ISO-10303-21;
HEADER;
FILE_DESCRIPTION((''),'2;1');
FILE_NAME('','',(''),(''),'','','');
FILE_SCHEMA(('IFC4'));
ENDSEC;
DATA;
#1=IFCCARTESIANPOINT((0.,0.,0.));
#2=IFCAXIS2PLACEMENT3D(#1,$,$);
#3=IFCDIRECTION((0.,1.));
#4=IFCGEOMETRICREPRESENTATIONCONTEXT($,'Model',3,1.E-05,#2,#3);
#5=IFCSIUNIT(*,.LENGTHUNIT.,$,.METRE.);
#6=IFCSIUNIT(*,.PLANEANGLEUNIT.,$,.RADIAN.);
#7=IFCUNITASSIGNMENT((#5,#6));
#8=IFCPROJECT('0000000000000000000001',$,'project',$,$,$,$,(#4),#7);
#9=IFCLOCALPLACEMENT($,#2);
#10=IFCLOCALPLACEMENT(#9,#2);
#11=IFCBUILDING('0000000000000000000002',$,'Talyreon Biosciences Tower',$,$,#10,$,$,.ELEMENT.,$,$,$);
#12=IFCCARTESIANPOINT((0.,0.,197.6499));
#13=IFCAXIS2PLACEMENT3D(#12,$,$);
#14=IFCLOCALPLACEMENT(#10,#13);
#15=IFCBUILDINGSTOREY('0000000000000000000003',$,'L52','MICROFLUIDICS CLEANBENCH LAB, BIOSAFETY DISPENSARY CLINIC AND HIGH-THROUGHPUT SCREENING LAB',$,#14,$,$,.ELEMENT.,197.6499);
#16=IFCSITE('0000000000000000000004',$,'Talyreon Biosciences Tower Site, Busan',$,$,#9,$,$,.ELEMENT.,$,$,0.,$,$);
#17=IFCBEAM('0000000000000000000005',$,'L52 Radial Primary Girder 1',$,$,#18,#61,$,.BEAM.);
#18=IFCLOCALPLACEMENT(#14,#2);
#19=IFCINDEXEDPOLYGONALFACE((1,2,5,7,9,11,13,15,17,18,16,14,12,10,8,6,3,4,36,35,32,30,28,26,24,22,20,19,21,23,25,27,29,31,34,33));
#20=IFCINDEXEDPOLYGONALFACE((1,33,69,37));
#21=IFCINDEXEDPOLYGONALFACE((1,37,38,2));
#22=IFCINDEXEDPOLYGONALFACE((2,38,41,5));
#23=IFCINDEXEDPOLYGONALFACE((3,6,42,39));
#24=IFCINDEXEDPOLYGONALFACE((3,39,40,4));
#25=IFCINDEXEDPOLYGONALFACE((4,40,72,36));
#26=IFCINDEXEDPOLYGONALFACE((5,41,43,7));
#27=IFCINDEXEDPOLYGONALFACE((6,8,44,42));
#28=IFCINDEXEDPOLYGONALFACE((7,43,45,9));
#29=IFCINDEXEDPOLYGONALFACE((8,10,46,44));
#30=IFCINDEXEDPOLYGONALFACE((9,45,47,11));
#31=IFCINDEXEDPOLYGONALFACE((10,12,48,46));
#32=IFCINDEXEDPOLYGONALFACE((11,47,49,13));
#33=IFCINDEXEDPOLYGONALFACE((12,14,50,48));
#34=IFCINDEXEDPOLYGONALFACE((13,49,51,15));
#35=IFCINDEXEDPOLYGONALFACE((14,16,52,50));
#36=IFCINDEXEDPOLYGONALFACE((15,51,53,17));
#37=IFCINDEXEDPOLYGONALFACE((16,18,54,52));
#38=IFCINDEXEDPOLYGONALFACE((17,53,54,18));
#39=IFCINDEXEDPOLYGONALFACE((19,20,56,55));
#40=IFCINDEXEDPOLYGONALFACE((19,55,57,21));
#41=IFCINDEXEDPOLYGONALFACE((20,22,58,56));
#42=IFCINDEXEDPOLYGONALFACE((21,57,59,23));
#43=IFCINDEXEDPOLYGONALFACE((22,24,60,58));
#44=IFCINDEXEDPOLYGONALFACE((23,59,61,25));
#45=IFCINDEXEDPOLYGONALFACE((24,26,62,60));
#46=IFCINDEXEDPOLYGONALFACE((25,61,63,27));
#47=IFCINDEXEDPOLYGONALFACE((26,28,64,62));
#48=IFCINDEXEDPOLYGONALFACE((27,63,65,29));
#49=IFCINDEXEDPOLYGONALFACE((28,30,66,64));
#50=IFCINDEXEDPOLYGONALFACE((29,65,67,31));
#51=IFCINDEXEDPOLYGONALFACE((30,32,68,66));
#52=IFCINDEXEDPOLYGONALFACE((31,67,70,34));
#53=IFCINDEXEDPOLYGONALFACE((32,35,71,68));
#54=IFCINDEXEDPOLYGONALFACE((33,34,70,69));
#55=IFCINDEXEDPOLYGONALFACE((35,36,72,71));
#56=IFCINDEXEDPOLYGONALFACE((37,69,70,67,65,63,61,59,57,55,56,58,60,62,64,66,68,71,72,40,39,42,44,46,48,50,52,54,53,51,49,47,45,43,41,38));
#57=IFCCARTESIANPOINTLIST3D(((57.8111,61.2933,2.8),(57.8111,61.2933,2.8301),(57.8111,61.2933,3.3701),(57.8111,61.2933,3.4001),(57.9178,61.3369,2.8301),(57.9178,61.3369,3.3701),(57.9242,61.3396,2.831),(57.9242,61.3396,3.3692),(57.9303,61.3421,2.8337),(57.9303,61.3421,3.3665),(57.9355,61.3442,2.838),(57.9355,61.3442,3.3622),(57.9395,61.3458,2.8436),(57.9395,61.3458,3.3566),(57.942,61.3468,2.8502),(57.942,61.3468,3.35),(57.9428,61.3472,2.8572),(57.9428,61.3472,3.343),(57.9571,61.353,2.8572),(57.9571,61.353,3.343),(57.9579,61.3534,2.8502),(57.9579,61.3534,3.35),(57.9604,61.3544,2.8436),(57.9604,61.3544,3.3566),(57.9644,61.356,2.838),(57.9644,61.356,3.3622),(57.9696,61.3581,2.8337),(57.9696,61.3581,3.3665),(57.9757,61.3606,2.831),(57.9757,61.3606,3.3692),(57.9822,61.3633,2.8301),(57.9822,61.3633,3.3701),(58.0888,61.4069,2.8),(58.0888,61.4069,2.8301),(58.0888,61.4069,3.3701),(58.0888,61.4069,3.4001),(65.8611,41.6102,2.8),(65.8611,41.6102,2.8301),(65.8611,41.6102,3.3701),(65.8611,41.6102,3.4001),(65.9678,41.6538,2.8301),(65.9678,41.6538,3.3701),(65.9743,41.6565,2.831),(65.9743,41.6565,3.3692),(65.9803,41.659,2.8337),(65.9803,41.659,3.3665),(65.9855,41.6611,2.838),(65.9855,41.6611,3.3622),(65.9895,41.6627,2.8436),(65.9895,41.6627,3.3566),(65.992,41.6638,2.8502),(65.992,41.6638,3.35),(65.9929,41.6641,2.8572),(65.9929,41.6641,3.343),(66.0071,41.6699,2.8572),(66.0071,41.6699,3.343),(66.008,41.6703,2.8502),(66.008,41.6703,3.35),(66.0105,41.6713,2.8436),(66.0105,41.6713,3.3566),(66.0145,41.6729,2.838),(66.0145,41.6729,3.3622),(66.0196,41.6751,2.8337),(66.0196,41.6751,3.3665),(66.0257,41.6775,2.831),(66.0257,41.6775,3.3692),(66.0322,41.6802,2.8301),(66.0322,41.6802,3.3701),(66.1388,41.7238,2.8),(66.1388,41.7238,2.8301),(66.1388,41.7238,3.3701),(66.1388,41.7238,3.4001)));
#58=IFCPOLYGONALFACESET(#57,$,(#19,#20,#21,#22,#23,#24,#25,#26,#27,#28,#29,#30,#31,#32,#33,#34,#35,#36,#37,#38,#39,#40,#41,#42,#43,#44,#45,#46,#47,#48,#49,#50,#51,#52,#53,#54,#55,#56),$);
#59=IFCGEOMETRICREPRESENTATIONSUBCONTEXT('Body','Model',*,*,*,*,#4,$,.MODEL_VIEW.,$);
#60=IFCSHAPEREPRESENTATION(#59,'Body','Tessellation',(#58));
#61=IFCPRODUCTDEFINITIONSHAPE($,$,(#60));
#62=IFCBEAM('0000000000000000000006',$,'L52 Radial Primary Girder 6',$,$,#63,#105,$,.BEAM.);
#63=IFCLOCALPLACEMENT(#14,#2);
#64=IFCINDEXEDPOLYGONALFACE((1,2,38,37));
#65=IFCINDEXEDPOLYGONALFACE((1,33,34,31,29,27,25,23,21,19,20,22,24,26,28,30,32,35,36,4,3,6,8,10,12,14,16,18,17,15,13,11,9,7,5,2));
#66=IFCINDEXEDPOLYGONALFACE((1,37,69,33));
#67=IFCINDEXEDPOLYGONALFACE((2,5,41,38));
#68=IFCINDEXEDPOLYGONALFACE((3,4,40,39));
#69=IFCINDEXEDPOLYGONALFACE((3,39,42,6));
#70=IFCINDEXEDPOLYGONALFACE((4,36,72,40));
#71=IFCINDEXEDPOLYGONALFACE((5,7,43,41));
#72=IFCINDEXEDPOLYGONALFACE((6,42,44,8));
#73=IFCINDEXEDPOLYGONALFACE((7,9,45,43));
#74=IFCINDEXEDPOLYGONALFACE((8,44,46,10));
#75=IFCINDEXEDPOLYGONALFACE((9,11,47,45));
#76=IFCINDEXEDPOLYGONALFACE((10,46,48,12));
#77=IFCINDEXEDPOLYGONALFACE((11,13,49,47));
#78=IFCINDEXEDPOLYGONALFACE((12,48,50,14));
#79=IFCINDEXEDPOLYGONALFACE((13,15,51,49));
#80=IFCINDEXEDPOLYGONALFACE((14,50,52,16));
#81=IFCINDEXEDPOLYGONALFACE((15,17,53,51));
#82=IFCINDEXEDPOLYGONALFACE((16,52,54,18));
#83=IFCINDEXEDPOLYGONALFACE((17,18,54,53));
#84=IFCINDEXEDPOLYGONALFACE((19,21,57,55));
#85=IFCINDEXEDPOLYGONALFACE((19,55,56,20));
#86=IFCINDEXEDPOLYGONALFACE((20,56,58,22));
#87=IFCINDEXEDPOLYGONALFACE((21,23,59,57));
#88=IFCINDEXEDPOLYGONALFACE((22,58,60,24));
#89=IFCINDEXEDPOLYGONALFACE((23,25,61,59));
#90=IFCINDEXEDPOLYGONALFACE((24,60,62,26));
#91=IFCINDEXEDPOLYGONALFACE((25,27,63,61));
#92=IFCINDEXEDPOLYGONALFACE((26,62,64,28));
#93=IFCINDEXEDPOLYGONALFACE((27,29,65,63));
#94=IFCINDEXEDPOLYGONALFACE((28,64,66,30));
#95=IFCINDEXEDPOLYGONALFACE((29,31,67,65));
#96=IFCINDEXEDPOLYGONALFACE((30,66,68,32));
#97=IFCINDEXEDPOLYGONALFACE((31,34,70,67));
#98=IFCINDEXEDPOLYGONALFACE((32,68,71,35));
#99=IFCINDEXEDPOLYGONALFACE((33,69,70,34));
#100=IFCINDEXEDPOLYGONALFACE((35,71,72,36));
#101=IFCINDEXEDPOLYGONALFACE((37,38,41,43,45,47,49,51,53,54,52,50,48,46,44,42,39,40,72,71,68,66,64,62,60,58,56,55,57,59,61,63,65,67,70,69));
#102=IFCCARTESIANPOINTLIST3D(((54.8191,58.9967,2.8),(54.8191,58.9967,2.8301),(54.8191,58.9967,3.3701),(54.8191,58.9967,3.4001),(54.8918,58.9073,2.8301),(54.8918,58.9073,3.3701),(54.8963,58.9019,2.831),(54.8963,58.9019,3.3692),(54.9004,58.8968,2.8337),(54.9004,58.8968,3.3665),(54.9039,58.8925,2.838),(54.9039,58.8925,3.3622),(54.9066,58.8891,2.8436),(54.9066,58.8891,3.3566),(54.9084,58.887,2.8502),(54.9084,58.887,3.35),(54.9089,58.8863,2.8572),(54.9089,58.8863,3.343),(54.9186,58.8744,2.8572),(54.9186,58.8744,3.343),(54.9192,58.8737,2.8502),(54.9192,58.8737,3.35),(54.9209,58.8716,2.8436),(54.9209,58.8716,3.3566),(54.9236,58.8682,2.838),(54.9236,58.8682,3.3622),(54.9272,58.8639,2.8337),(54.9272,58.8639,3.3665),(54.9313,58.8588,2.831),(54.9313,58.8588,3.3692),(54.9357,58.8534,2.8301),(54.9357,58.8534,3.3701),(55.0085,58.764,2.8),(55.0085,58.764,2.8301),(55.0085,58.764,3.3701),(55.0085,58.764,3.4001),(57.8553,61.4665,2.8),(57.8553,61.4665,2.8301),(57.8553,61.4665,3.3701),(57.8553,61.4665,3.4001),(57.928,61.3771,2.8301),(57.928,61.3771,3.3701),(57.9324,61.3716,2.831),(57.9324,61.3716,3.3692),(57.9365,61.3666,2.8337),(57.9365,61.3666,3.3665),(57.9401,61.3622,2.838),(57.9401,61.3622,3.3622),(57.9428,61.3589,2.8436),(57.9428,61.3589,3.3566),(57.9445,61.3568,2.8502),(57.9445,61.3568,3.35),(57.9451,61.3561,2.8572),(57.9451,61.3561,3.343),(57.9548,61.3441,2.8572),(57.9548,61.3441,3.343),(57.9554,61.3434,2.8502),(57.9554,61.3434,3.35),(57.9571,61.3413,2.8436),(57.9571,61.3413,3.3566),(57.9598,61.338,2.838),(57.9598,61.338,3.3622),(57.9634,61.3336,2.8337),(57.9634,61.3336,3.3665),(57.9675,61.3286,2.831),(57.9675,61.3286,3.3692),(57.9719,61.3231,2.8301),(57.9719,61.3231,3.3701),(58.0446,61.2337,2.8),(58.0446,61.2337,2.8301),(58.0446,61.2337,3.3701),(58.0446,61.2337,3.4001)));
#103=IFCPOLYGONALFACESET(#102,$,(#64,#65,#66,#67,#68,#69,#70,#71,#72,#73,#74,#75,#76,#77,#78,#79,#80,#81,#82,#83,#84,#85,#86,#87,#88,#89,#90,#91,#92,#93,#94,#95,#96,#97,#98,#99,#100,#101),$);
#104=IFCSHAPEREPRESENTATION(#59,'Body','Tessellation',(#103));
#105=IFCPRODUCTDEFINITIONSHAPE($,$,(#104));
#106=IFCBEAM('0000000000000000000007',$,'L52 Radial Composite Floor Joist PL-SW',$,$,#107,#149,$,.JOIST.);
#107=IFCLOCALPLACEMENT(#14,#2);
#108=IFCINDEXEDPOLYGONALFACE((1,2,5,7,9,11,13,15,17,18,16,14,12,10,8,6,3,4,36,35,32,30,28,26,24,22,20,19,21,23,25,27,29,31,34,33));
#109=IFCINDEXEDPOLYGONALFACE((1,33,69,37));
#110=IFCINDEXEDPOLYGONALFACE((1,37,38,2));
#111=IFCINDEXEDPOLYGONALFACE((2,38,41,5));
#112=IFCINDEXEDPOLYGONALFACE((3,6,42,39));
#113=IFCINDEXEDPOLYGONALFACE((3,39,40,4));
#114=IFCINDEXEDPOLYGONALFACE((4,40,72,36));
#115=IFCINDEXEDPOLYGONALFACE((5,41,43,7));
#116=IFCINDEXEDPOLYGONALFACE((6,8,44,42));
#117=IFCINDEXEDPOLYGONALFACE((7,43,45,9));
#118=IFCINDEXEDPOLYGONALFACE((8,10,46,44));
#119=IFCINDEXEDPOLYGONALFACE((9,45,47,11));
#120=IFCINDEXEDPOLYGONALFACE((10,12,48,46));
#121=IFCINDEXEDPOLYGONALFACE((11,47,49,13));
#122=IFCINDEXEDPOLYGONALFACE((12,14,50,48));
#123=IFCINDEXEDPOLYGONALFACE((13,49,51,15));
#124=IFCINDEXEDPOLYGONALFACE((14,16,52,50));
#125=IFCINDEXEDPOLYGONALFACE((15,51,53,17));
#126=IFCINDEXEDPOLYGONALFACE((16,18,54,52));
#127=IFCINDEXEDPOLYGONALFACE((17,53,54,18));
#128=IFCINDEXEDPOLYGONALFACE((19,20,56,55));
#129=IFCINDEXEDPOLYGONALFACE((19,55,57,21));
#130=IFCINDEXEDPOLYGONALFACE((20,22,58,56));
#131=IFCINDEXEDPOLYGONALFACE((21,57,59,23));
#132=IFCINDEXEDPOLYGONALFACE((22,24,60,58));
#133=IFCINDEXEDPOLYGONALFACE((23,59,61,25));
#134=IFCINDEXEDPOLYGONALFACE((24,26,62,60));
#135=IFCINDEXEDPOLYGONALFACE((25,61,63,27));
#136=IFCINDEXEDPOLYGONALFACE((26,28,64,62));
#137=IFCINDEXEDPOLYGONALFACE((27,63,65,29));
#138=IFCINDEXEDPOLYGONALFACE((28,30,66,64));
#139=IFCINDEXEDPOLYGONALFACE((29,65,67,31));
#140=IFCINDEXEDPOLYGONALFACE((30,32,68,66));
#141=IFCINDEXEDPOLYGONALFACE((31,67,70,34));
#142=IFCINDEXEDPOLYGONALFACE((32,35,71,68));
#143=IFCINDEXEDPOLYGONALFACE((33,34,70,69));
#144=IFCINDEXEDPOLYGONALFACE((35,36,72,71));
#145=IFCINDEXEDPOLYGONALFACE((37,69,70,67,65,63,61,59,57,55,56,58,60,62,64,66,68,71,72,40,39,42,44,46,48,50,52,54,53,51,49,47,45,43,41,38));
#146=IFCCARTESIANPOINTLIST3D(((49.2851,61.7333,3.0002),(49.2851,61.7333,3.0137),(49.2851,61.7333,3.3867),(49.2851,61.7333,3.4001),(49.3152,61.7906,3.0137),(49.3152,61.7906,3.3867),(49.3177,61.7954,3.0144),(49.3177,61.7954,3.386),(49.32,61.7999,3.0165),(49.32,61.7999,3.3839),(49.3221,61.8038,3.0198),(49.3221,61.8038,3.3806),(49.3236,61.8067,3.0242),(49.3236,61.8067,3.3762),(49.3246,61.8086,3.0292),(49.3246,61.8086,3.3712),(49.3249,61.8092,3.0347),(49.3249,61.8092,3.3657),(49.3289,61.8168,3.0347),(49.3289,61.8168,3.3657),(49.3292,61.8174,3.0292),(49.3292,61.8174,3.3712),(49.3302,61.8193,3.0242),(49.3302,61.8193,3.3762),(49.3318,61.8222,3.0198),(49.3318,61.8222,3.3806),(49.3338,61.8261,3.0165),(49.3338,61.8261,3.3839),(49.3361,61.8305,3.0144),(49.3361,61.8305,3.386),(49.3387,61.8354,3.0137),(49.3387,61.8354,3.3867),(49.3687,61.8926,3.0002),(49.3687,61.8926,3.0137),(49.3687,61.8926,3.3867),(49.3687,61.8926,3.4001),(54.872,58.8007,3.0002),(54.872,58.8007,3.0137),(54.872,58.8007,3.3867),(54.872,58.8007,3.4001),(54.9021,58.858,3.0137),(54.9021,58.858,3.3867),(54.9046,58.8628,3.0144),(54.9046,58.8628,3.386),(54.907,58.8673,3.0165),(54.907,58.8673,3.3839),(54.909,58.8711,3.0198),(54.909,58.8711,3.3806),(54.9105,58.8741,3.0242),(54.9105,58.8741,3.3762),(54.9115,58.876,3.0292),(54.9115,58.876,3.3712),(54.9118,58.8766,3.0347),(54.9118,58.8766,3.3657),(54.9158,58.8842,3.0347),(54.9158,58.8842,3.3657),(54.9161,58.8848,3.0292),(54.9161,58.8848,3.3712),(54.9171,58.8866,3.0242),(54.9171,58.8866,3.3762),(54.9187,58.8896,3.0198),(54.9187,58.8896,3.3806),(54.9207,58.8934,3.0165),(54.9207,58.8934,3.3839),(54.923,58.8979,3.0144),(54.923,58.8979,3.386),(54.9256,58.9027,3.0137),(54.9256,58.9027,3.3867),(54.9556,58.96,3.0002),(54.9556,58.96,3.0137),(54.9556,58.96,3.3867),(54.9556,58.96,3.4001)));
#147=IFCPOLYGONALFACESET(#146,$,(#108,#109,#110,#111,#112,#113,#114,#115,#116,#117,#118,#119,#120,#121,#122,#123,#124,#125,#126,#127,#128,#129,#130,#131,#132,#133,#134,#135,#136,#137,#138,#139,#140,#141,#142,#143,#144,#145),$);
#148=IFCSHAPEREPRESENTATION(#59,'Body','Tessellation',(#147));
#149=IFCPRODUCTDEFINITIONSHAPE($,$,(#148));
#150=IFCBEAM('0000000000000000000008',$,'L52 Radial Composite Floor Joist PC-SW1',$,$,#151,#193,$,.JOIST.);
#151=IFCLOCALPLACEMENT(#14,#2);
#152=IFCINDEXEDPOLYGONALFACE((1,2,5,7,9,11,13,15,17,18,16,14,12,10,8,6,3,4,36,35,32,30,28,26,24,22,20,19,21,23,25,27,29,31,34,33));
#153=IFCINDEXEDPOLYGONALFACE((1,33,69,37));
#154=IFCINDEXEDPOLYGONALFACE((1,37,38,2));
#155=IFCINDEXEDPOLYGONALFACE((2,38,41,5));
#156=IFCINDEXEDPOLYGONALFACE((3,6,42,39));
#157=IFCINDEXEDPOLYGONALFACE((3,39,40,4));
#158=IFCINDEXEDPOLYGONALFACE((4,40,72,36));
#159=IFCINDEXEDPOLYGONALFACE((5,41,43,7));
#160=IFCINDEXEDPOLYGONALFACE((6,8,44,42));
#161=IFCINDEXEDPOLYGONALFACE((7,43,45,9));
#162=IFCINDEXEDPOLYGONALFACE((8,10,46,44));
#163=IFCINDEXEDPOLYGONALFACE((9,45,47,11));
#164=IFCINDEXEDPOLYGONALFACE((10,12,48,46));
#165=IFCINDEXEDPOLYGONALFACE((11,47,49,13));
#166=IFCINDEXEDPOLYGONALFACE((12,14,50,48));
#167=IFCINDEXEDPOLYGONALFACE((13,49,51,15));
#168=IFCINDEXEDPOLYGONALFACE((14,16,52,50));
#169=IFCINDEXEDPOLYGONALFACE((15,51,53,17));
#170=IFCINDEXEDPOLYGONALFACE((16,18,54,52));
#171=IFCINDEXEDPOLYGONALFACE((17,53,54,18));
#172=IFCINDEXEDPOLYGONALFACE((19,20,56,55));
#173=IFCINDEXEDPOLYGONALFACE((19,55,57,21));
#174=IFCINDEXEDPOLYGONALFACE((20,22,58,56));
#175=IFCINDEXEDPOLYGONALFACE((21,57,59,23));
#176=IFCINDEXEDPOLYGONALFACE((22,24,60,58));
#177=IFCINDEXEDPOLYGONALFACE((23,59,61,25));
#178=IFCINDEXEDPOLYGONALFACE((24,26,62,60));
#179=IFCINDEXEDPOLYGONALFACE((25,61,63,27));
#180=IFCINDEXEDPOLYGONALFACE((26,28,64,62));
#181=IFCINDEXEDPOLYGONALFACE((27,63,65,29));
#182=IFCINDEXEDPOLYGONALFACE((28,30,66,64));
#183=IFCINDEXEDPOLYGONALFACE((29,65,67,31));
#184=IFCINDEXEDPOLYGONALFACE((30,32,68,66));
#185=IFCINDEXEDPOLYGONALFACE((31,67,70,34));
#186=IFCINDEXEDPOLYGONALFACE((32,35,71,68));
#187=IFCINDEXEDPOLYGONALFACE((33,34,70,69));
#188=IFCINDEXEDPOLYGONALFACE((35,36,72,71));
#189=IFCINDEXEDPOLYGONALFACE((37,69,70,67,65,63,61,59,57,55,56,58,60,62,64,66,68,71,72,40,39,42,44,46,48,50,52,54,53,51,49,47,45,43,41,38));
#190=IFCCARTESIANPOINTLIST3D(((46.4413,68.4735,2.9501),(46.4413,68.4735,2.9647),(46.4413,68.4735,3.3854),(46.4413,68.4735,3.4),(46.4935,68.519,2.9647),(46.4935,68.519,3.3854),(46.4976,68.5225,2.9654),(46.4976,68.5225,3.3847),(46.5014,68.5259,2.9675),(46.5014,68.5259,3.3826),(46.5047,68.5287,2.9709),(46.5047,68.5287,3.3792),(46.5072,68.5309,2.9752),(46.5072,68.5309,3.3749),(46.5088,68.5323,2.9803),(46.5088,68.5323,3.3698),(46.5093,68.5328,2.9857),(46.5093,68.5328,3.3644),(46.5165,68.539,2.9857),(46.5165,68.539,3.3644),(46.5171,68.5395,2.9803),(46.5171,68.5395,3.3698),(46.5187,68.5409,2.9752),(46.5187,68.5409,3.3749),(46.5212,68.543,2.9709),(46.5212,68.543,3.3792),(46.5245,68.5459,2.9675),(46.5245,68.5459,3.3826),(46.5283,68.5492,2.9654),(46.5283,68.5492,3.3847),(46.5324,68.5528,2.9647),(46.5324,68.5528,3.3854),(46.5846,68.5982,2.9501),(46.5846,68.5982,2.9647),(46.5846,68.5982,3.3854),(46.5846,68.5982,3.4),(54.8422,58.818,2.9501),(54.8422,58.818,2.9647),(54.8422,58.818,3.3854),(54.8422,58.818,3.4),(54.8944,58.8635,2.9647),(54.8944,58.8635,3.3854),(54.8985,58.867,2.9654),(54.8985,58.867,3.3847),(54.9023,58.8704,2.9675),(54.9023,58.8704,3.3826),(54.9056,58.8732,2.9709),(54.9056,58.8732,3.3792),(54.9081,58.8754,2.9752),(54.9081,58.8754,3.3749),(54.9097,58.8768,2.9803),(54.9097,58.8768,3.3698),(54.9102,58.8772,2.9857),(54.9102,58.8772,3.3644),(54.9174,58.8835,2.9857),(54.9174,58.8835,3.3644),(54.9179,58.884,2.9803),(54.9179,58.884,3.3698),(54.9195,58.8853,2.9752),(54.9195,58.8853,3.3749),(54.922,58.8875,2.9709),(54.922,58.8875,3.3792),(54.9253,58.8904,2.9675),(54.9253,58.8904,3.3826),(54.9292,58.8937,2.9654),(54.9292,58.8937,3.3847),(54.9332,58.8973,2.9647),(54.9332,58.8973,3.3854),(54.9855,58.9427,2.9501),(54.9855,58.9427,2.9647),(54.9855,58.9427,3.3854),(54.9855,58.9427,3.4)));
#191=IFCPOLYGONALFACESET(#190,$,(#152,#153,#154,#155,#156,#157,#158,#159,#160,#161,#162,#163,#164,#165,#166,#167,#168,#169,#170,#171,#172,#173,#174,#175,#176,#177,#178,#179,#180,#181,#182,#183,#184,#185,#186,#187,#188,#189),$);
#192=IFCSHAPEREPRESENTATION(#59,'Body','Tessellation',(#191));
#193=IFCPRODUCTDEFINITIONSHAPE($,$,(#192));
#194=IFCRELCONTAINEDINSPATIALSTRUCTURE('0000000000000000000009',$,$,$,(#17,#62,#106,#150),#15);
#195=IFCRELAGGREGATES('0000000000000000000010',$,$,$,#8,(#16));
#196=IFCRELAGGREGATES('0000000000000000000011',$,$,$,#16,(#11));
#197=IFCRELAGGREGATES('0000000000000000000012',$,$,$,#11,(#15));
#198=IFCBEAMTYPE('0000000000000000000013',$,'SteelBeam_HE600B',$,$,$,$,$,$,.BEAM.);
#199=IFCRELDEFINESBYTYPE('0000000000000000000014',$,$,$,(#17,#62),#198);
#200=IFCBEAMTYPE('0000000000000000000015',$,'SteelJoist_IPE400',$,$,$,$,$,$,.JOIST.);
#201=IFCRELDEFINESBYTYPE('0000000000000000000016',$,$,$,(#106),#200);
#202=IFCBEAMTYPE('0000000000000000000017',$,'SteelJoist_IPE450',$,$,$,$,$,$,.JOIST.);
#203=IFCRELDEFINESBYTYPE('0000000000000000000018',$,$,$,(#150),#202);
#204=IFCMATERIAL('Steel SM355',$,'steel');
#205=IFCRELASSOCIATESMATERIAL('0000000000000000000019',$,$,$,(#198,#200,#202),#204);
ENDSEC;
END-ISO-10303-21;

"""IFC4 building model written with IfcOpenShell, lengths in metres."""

from ifc_helpers import new_model, si_unit, direction, frame, origin, origin_2d, place, context, subcontext, project, spatial, i_section, extrude, material, material_profile, profile_set, type_object, element, save


model = new_model("IFC4")

# Units and contexts
model_context = context("Model", 3, precision=1e-05, world=origin(), true_north=direction((0.0, 1.0)))
body_context = subcontext(model_context, "Body", "Model", "MODEL_VIEW")
ifc_project = project(units=[si_unit("LENGTHUNIT", "METRE"), si_unit("PLANEANGLEUNIT", "RADIAN")], contexts=[model_context])

# Site, building, storey
site_placement = place(None, origin())
site = spatial("IfcSite", under=ifc_project, at=site_placement, Name="Talyreon Biosciences Tower Site, Busan", CompositionType="ELEMENT", RefElevation=0.0)
building_placement = place(site_placement, origin())
building = spatial("IfcBuilding", under=site, at=building_placement, Name="Talyreon Biosciences Tower", CompositionType="ELEMENT")
storey_placement = place(building_placement, frame((0.0, 0.0, 197.6499)))
storey = spatial("IfcBuildingStorey", under=building, at=storey_placement, Name="L52", Description="MICROFLUIDICS CLEANBENCH LAB, BIOSAFETY DISPENSARY CLINIC AND HIGH-THROUGHPUT SCREENING LAB", CompositionType="ELEMENT", Elevation=197.6499)

# Beams
ifc_material_1 = material(Name="Steel SM355", Category="steel")
ifc_material_profile_1 = material_profile(ifc_material_1, i_section(OverallWidth=0.3, OverallDepth=0.6001, WebThickness=0.0154, FlangeThickness=0.03, FilletRadius=0.0271, at=origin_2d()), Name="HE600B")
ifc_profile_set_1 = profile_set([ifc_material_profile_1], Name="Steel SM355")
beam_type_1 = type_object("IfcBeamType", Name="SteelBeam_HE600B", PredefinedType="BEAM", material=ifc_profile_set_1)
beam_1_placement = place(storey_placement, frame((57.95, 61.3501, 3.1001), z_axis=(0.378547, -0.925582, 0.0), x_axis=(0.925582, 0.378547, 0.0)))
element("IfcBeam", 1, at=beam_1_placement, inside=storey, type_object=beam_type_1, Name="L52 Radial Primary Girder 1", PredefinedType="BEAM", context=body_context, shape_type="SweptSolid", body=[
    extrude(i_section(OverallWidth=0.3, OverallDepth=0.6001, WebThickness=0.0154, FlangeThickness=0.03, FilletRadius=0.0271, at=origin_2d()), origin(), (0.0, 0.0, 1.0), 21.2656),
])
beam_2_placement = place(storey_placement, frame((57.95, 61.3501, 3.1001), z_axis=(-0.775755, -0.631034, 0.0), x_axis=(0.631034, -0.775755, 0.0)))
element("IfcBeam", 2, at=beam_2_placement, inside=storey, type_object=beam_type_1, Name="L52 Radial Primary Girder 6", PredefinedType="BEAM", context=body_context, shape_type="SweptSolid", body=[
    extrude(i_section(OverallWidth=0.3, OverallDepth=0.6001, WebThickness=0.0154, FlangeThickness=0.03, FilletRadius=0.0271, at=origin_2d()), origin(), (0.0, 0.0, 1.0), 3.9138),
])
ifc_material_profile_2 = material_profile(ifc_material_1, i_section(OverallWidth=0.1799, OverallDepth=0.3999, WebThickness=0.0085, FlangeThickness=0.0134, FilletRadius=0.021, at=origin_2d()), Name="IPE400")
ifc_profile_set_2 = profile_set([ifc_material_profile_2], Name="Steel SM355")
beam_type_2 = type_object("IfcBeamType", Name="SteelJoist_IPE400", PredefinedType="JOIST", material=ifc_profile_set_2)
beam_3_placement = place(storey_placement, frame((54.9138, 58.8804, 3.2002), z_axis=(-0.885431, 0.46477, 0.0), x_axis=(-0.46477, -0.885431, 0.0)))
element("IfcBeam", 3, at=beam_3_placement, inside=storey, type_object=beam_type_2, Name="L52 Radial Composite Floor Joist PL-SW", PredefinedType="JOIST", context=body_context, shape_type="SweptSolid", body=[
    extrude(i_section(OverallWidth=0.1799, OverallDepth=0.3999, WebThickness=0.0085, FlangeThickness=0.0134, FilletRadius=0.021, at=origin_2d()), origin(), (0.0, 0.0, 1.0), 6.3098),
])
ifc_material_profile_3 = material_profile(ifc_material_1, i_section(OverallWidth=0.1899, OverallDepth=0.45, WebThickness=0.0095, FlangeThickness=0.0146, FilletRadius=0.021, at=origin_2d()), Name="IPE450")
ifc_profile_set_3 = profile_set([ifc_material_profile_3], Name="Steel SM355")
beam_type_3 = type_object("IfcBeamType", Name="SteelJoist_IPE450", PredefinedType="JOIST", material=ifc_profile_set_3)
beam_4_placement = place(storey_placement, frame((54.9138, 58.8804, 3.175), z_axis=(-0.656391, 0.754421, 0.0), x_axis=(-0.754421, -0.656391, 0.0)))
element("IfcBeam", 4, at=beam_4_placement, inside=storey, type_object=beam_type_3, Name="L52 Radial Composite Floor Joist PC-SW1", PredefinedType="JOIST", context=body_context, shape_type="SweptSolid", body=[
    extrude(i_section(OverallWidth=0.1899, OverallDepth=0.45, WebThickness=0.0095, FlangeThickness=0.0146, FilletRadius=0.021, at=origin_2d()), origin(), (0.0, 0.0, 1.0), 12.7986),
])

save(model, "model.ifc")
